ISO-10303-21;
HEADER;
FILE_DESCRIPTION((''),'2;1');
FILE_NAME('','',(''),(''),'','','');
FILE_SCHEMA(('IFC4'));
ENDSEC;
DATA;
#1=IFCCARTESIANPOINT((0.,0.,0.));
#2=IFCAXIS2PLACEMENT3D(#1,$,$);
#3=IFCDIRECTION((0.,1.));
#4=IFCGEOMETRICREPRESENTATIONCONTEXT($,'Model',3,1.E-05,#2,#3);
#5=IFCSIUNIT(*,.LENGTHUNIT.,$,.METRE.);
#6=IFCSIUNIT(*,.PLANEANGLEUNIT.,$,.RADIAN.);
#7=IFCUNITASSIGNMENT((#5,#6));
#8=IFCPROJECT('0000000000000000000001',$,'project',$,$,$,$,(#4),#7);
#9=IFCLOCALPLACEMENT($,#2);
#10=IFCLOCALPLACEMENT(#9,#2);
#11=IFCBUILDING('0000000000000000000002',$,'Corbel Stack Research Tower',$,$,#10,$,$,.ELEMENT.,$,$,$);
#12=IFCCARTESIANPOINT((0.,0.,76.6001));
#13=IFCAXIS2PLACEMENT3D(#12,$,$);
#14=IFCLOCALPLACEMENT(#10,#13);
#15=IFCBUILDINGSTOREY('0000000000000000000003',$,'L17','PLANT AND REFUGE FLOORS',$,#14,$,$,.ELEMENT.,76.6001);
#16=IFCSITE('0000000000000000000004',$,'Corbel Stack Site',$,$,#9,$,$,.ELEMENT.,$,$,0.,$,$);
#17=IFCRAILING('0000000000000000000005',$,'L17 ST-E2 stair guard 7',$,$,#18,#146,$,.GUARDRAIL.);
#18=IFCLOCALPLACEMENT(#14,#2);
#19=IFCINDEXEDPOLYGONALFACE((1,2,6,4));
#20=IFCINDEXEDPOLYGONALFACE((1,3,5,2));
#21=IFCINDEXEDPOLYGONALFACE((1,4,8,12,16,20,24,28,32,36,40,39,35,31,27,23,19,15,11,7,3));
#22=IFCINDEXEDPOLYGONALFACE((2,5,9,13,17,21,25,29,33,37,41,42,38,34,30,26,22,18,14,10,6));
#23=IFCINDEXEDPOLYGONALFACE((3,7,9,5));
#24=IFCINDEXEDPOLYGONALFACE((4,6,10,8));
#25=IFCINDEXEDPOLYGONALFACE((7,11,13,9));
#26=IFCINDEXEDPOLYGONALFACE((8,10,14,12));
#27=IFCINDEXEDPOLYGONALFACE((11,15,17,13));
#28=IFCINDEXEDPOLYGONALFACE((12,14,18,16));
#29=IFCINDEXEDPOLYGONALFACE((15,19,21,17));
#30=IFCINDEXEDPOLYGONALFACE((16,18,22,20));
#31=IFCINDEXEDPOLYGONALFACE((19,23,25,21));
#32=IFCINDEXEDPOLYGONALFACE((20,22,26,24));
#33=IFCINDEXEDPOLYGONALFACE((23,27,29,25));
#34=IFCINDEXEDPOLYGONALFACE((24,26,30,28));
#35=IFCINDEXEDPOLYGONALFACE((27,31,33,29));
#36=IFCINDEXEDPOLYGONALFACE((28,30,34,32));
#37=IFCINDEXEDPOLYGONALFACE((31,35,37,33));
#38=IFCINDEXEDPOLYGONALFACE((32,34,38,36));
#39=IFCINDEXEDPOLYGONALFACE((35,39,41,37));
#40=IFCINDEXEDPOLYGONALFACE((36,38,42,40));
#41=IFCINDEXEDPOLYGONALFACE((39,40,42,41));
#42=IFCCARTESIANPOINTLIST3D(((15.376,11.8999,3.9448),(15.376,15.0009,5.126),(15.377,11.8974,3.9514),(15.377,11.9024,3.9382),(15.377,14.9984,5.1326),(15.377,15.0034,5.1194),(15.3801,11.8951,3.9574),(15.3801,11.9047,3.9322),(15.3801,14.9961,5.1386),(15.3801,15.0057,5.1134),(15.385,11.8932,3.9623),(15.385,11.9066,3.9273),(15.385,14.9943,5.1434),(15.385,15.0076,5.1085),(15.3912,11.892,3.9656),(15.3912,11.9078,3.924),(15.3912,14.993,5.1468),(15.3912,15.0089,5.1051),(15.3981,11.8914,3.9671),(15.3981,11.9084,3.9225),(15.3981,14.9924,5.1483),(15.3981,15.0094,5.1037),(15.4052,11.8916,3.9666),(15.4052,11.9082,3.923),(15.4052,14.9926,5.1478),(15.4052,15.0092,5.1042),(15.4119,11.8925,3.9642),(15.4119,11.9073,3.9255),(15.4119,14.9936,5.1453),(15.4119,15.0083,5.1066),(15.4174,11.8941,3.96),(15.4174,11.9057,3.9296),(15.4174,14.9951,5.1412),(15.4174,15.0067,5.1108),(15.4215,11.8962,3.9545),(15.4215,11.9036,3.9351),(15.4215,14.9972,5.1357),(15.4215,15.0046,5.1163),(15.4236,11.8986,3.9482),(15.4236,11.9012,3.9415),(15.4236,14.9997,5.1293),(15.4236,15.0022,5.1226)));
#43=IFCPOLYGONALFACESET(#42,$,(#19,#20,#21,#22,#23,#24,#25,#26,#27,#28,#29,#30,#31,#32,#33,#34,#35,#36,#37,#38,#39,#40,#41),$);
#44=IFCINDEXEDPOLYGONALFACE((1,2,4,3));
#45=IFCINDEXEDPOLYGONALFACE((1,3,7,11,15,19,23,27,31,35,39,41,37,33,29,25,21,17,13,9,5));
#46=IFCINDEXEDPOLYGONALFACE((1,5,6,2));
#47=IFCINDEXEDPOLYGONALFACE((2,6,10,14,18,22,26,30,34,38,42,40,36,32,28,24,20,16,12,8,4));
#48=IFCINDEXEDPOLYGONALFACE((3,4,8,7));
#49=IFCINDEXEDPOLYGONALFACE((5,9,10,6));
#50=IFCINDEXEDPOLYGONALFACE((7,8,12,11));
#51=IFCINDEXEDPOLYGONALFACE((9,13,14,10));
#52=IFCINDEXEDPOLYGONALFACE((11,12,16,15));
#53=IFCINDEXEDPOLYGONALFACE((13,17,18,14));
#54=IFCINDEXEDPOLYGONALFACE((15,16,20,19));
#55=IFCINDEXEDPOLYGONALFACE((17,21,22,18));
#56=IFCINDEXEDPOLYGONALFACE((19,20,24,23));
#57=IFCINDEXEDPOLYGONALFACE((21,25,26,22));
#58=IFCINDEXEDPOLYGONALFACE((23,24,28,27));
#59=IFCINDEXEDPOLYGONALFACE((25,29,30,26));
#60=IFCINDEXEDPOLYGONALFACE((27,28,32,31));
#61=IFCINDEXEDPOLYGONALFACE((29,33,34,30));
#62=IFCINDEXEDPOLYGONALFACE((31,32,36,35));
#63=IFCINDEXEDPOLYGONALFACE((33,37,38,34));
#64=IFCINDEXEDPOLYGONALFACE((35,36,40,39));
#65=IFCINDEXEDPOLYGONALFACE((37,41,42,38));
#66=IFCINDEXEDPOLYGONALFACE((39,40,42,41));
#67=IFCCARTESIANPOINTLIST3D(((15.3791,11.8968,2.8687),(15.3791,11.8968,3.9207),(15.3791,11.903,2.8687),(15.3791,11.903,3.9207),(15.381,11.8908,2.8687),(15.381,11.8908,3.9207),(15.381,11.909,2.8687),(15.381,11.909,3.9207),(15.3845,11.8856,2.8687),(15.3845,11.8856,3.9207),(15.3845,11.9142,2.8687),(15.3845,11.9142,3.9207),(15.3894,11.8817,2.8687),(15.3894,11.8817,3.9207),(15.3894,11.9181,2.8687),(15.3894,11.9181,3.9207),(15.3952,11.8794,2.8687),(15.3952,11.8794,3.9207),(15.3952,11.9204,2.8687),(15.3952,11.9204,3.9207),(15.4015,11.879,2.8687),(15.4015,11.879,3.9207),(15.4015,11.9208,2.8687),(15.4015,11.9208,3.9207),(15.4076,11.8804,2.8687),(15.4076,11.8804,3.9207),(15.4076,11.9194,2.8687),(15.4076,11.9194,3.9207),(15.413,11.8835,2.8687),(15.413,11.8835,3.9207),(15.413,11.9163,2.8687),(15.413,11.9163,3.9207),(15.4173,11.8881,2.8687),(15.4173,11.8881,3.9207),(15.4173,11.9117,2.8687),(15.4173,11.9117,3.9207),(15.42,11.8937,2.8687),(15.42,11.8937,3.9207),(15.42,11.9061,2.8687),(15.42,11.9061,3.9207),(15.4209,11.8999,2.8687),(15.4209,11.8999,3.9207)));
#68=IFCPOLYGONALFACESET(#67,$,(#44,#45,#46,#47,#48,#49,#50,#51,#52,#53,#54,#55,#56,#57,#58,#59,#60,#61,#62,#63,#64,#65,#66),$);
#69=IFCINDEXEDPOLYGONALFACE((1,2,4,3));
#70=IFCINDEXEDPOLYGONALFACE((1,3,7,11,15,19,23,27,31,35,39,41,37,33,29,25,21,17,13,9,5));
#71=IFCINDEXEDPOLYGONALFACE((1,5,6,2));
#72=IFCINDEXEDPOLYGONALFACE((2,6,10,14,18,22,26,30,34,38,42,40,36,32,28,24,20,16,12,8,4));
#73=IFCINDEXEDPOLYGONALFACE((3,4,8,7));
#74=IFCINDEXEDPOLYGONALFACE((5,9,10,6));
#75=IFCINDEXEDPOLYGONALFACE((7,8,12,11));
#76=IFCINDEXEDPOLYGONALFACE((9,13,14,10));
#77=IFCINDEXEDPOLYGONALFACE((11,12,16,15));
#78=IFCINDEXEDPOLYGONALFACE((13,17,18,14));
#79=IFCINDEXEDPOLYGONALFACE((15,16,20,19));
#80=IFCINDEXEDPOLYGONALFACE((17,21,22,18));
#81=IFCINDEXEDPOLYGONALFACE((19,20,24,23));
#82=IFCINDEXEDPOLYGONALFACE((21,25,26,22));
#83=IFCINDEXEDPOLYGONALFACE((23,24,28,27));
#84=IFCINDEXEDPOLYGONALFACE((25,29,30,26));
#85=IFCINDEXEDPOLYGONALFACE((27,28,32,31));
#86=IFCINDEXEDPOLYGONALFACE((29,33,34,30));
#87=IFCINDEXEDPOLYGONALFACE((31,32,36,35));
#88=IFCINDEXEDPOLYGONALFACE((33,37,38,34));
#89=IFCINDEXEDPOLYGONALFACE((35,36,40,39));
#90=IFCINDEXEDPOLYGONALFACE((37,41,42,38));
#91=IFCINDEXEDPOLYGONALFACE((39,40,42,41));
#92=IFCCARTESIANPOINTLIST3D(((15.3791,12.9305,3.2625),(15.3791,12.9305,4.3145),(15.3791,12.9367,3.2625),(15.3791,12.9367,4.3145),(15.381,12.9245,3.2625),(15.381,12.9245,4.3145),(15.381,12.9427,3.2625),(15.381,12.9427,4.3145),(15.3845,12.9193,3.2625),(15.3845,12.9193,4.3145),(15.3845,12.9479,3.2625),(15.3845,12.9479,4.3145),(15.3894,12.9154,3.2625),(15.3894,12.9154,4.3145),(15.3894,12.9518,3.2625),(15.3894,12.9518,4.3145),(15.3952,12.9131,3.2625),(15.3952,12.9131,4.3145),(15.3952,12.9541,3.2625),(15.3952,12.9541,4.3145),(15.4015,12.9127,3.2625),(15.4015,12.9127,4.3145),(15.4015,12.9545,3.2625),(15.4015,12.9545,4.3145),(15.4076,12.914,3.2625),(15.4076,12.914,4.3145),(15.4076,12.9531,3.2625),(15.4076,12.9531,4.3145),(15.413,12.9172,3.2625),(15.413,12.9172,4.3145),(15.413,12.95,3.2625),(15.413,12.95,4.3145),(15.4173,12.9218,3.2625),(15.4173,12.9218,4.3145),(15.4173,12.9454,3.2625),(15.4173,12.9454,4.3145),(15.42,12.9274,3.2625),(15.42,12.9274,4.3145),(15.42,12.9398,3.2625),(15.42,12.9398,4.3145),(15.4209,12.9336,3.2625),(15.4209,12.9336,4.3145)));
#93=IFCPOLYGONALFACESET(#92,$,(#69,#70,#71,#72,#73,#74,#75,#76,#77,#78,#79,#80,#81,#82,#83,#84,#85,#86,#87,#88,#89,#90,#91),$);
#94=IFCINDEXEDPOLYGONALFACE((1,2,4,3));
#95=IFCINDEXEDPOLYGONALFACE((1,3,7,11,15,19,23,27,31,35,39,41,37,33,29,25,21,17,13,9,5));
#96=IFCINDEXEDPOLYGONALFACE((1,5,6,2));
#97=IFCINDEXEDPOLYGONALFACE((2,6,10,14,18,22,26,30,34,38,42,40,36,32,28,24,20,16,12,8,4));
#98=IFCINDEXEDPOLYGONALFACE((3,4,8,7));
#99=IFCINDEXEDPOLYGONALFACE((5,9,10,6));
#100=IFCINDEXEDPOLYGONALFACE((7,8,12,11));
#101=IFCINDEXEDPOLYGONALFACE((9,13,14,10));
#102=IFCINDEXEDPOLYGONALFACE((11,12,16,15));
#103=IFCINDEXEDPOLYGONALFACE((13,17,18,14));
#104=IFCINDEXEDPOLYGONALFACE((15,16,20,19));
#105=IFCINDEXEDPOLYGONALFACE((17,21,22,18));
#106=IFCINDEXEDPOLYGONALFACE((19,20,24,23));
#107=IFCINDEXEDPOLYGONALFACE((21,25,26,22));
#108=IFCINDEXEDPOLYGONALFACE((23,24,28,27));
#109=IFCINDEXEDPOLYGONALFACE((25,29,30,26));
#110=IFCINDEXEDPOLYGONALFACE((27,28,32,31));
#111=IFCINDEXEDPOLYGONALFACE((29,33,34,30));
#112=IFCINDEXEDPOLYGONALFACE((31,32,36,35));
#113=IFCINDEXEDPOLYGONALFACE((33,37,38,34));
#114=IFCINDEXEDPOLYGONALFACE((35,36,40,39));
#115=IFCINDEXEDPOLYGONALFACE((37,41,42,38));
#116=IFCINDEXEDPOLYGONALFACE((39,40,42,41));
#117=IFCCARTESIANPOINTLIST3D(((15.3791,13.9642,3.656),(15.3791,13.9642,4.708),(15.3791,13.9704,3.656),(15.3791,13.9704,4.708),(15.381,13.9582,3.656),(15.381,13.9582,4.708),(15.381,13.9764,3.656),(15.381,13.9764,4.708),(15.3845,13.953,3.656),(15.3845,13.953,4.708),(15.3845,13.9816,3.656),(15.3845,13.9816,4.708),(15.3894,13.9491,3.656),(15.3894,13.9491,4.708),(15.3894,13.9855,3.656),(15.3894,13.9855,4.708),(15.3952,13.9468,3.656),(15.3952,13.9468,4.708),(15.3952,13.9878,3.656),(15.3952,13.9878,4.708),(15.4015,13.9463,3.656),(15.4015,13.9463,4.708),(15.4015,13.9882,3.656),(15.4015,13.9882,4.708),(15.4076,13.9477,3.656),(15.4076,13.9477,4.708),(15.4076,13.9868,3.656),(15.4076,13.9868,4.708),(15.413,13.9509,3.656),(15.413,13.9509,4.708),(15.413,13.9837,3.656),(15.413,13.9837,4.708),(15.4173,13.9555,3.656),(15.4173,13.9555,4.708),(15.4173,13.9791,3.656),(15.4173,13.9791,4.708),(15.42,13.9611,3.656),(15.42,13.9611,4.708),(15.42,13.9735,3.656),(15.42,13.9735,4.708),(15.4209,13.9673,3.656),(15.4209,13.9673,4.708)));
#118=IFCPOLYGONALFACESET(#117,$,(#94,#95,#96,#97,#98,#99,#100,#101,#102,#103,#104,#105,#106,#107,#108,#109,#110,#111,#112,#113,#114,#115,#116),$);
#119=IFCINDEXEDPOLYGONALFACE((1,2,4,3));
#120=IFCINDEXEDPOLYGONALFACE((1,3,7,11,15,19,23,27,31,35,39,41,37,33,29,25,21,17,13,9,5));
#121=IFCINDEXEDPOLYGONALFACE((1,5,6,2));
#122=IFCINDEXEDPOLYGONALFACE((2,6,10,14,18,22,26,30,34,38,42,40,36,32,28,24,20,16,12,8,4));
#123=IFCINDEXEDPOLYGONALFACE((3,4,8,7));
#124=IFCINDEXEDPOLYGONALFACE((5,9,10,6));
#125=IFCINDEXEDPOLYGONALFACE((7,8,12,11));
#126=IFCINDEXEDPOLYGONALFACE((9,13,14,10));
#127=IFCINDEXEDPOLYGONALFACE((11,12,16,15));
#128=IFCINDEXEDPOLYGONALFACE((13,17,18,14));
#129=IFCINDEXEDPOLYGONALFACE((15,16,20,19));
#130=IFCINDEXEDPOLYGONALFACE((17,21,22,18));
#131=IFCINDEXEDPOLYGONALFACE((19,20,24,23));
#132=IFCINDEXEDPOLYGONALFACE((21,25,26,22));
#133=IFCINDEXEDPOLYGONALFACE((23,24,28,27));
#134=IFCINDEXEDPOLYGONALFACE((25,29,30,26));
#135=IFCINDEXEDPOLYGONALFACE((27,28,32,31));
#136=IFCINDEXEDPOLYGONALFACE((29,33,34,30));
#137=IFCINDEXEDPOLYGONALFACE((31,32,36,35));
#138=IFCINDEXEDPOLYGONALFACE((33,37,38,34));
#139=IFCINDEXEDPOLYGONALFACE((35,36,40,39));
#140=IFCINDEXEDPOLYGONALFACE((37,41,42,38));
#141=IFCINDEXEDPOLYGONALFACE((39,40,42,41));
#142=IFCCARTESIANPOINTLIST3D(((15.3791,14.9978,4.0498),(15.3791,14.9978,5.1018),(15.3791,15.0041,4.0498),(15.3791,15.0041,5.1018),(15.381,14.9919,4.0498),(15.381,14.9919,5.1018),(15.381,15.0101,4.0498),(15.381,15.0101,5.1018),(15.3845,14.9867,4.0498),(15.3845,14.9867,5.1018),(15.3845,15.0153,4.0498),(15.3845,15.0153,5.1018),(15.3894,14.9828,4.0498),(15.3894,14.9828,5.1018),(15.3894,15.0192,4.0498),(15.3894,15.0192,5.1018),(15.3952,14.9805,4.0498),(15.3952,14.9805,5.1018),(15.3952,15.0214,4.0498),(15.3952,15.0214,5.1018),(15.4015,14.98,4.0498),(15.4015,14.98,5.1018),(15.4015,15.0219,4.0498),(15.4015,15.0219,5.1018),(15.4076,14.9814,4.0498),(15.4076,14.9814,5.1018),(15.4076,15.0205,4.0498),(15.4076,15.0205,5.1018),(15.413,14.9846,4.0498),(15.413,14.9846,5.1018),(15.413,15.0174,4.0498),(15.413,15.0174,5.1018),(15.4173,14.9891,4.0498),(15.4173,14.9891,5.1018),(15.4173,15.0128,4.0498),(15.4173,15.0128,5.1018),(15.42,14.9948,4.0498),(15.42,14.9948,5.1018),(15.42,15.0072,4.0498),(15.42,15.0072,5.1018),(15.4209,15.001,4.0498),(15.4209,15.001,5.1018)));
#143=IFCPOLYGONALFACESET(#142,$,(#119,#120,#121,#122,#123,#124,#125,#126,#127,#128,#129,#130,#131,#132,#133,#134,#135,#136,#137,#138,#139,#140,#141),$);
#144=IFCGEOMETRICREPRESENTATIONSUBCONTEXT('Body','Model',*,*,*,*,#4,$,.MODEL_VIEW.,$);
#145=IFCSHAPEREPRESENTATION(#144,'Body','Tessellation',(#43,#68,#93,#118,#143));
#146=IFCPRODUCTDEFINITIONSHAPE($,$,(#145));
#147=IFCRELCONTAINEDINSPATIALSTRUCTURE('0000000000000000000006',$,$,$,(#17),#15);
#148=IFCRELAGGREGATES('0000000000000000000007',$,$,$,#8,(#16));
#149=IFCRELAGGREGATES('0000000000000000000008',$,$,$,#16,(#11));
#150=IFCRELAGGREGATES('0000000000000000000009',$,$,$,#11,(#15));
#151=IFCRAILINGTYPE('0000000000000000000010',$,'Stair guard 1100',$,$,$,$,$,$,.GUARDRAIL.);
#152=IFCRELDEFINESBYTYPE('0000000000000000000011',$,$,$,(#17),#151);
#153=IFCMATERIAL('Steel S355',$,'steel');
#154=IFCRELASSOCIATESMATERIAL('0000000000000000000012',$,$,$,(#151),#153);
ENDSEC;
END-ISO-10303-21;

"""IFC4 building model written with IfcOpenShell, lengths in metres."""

from ifc_helpers import new_model, si_unit, direction, frame, origin, origin_2d, place, context, subcontext, project, spatial, circle, extrude, material, type_object, element, save


model = new_model("IFC4")

# Units and contexts
model_context = context("Model", 3, precision=1e-05, world=origin(), true_north=direction((0.0, 1.0)))
body_context = subcontext(model_context, "Body", "Model", "MODEL_VIEW")
ifc_project = project(units=[si_unit("LENGTHUNIT", "METRE"), si_unit("PLANEANGLEUNIT", "RADIAN")], contexts=[model_context])

# Site, building, storey
site_placement = place(None, origin())
site = spatial("IfcSite", under=ifc_project, at=site_placement, Name="Corbel Stack Site", CompositionType="ELEMENT", RefElevation=0.0)
building_placement = place(site_placement, origin())
building = spatial("IfcBuilding", under=site, at=building_placement, Name="Corbel Stack Research Tower", CompositionType="ELEMENT")
storey_placement = place(building_placement, frame((0.0, 0.0, 76.6001)))
storey = spatial("IfcBuildingStorey", under=building, at=storey_placement, Name="L17", Description="PLANT AND REFUGE FLOORS", CompositionType="ELEMENT", Elevation=76.6001)

# Railing
ifc_material_1 = material(Name="Steel S355", Category="steel")
railing_type_1 = type_object("IfcRailingType", Name="Stair guard 1100", PredefinedType="GUARDRAIL", material=ifc_material_1)
railing_1_placement = place(storey_placement, frame((15.3999, 11.8999, 2.8687)))
element("IfcRailing", 1, at=railing_1_placement, inside=storey, type_object=railing_type_1, Name="L17 ST-E2 stair guard 7", PredefinedType="GUARDRAIL", context=body_context, shape_type="SweptSolid", body=[
    extrude(circle(Radius=0.0239, at=origin_2d()), frame((0.0, 0.0, 1.0762), z_axis=(0.0, 0.934509, 0.35594), x_axis=(-1.0, 0.0, 0.0)), (0.0, 0.0, 1.0), 3.3184),
    extrude(circle(Radius=0.021, at=origin_2d()), origin(), (0.0, 0.0, 1.0), 1.052),
    extrude(circle(Radius=0.021, at=origin_2d()), frame((0.0, 1.0337, 0.3938)), (0.0, 0.0, 1.0), 1.052),
    extrude(circle(Radius=0.021, at=origin_2d()), frame((0.0, 2.0674, 0.7874)), (0.0, 0.0, 1.0), 1.052),
    extrude(circle(Radius=0.021, at=origin_2d()), frame((0.0, 3.1011, 1.1812)), (0.0, 0.0, 1.0), 1.052),
])

save(model, "model.ifc")
